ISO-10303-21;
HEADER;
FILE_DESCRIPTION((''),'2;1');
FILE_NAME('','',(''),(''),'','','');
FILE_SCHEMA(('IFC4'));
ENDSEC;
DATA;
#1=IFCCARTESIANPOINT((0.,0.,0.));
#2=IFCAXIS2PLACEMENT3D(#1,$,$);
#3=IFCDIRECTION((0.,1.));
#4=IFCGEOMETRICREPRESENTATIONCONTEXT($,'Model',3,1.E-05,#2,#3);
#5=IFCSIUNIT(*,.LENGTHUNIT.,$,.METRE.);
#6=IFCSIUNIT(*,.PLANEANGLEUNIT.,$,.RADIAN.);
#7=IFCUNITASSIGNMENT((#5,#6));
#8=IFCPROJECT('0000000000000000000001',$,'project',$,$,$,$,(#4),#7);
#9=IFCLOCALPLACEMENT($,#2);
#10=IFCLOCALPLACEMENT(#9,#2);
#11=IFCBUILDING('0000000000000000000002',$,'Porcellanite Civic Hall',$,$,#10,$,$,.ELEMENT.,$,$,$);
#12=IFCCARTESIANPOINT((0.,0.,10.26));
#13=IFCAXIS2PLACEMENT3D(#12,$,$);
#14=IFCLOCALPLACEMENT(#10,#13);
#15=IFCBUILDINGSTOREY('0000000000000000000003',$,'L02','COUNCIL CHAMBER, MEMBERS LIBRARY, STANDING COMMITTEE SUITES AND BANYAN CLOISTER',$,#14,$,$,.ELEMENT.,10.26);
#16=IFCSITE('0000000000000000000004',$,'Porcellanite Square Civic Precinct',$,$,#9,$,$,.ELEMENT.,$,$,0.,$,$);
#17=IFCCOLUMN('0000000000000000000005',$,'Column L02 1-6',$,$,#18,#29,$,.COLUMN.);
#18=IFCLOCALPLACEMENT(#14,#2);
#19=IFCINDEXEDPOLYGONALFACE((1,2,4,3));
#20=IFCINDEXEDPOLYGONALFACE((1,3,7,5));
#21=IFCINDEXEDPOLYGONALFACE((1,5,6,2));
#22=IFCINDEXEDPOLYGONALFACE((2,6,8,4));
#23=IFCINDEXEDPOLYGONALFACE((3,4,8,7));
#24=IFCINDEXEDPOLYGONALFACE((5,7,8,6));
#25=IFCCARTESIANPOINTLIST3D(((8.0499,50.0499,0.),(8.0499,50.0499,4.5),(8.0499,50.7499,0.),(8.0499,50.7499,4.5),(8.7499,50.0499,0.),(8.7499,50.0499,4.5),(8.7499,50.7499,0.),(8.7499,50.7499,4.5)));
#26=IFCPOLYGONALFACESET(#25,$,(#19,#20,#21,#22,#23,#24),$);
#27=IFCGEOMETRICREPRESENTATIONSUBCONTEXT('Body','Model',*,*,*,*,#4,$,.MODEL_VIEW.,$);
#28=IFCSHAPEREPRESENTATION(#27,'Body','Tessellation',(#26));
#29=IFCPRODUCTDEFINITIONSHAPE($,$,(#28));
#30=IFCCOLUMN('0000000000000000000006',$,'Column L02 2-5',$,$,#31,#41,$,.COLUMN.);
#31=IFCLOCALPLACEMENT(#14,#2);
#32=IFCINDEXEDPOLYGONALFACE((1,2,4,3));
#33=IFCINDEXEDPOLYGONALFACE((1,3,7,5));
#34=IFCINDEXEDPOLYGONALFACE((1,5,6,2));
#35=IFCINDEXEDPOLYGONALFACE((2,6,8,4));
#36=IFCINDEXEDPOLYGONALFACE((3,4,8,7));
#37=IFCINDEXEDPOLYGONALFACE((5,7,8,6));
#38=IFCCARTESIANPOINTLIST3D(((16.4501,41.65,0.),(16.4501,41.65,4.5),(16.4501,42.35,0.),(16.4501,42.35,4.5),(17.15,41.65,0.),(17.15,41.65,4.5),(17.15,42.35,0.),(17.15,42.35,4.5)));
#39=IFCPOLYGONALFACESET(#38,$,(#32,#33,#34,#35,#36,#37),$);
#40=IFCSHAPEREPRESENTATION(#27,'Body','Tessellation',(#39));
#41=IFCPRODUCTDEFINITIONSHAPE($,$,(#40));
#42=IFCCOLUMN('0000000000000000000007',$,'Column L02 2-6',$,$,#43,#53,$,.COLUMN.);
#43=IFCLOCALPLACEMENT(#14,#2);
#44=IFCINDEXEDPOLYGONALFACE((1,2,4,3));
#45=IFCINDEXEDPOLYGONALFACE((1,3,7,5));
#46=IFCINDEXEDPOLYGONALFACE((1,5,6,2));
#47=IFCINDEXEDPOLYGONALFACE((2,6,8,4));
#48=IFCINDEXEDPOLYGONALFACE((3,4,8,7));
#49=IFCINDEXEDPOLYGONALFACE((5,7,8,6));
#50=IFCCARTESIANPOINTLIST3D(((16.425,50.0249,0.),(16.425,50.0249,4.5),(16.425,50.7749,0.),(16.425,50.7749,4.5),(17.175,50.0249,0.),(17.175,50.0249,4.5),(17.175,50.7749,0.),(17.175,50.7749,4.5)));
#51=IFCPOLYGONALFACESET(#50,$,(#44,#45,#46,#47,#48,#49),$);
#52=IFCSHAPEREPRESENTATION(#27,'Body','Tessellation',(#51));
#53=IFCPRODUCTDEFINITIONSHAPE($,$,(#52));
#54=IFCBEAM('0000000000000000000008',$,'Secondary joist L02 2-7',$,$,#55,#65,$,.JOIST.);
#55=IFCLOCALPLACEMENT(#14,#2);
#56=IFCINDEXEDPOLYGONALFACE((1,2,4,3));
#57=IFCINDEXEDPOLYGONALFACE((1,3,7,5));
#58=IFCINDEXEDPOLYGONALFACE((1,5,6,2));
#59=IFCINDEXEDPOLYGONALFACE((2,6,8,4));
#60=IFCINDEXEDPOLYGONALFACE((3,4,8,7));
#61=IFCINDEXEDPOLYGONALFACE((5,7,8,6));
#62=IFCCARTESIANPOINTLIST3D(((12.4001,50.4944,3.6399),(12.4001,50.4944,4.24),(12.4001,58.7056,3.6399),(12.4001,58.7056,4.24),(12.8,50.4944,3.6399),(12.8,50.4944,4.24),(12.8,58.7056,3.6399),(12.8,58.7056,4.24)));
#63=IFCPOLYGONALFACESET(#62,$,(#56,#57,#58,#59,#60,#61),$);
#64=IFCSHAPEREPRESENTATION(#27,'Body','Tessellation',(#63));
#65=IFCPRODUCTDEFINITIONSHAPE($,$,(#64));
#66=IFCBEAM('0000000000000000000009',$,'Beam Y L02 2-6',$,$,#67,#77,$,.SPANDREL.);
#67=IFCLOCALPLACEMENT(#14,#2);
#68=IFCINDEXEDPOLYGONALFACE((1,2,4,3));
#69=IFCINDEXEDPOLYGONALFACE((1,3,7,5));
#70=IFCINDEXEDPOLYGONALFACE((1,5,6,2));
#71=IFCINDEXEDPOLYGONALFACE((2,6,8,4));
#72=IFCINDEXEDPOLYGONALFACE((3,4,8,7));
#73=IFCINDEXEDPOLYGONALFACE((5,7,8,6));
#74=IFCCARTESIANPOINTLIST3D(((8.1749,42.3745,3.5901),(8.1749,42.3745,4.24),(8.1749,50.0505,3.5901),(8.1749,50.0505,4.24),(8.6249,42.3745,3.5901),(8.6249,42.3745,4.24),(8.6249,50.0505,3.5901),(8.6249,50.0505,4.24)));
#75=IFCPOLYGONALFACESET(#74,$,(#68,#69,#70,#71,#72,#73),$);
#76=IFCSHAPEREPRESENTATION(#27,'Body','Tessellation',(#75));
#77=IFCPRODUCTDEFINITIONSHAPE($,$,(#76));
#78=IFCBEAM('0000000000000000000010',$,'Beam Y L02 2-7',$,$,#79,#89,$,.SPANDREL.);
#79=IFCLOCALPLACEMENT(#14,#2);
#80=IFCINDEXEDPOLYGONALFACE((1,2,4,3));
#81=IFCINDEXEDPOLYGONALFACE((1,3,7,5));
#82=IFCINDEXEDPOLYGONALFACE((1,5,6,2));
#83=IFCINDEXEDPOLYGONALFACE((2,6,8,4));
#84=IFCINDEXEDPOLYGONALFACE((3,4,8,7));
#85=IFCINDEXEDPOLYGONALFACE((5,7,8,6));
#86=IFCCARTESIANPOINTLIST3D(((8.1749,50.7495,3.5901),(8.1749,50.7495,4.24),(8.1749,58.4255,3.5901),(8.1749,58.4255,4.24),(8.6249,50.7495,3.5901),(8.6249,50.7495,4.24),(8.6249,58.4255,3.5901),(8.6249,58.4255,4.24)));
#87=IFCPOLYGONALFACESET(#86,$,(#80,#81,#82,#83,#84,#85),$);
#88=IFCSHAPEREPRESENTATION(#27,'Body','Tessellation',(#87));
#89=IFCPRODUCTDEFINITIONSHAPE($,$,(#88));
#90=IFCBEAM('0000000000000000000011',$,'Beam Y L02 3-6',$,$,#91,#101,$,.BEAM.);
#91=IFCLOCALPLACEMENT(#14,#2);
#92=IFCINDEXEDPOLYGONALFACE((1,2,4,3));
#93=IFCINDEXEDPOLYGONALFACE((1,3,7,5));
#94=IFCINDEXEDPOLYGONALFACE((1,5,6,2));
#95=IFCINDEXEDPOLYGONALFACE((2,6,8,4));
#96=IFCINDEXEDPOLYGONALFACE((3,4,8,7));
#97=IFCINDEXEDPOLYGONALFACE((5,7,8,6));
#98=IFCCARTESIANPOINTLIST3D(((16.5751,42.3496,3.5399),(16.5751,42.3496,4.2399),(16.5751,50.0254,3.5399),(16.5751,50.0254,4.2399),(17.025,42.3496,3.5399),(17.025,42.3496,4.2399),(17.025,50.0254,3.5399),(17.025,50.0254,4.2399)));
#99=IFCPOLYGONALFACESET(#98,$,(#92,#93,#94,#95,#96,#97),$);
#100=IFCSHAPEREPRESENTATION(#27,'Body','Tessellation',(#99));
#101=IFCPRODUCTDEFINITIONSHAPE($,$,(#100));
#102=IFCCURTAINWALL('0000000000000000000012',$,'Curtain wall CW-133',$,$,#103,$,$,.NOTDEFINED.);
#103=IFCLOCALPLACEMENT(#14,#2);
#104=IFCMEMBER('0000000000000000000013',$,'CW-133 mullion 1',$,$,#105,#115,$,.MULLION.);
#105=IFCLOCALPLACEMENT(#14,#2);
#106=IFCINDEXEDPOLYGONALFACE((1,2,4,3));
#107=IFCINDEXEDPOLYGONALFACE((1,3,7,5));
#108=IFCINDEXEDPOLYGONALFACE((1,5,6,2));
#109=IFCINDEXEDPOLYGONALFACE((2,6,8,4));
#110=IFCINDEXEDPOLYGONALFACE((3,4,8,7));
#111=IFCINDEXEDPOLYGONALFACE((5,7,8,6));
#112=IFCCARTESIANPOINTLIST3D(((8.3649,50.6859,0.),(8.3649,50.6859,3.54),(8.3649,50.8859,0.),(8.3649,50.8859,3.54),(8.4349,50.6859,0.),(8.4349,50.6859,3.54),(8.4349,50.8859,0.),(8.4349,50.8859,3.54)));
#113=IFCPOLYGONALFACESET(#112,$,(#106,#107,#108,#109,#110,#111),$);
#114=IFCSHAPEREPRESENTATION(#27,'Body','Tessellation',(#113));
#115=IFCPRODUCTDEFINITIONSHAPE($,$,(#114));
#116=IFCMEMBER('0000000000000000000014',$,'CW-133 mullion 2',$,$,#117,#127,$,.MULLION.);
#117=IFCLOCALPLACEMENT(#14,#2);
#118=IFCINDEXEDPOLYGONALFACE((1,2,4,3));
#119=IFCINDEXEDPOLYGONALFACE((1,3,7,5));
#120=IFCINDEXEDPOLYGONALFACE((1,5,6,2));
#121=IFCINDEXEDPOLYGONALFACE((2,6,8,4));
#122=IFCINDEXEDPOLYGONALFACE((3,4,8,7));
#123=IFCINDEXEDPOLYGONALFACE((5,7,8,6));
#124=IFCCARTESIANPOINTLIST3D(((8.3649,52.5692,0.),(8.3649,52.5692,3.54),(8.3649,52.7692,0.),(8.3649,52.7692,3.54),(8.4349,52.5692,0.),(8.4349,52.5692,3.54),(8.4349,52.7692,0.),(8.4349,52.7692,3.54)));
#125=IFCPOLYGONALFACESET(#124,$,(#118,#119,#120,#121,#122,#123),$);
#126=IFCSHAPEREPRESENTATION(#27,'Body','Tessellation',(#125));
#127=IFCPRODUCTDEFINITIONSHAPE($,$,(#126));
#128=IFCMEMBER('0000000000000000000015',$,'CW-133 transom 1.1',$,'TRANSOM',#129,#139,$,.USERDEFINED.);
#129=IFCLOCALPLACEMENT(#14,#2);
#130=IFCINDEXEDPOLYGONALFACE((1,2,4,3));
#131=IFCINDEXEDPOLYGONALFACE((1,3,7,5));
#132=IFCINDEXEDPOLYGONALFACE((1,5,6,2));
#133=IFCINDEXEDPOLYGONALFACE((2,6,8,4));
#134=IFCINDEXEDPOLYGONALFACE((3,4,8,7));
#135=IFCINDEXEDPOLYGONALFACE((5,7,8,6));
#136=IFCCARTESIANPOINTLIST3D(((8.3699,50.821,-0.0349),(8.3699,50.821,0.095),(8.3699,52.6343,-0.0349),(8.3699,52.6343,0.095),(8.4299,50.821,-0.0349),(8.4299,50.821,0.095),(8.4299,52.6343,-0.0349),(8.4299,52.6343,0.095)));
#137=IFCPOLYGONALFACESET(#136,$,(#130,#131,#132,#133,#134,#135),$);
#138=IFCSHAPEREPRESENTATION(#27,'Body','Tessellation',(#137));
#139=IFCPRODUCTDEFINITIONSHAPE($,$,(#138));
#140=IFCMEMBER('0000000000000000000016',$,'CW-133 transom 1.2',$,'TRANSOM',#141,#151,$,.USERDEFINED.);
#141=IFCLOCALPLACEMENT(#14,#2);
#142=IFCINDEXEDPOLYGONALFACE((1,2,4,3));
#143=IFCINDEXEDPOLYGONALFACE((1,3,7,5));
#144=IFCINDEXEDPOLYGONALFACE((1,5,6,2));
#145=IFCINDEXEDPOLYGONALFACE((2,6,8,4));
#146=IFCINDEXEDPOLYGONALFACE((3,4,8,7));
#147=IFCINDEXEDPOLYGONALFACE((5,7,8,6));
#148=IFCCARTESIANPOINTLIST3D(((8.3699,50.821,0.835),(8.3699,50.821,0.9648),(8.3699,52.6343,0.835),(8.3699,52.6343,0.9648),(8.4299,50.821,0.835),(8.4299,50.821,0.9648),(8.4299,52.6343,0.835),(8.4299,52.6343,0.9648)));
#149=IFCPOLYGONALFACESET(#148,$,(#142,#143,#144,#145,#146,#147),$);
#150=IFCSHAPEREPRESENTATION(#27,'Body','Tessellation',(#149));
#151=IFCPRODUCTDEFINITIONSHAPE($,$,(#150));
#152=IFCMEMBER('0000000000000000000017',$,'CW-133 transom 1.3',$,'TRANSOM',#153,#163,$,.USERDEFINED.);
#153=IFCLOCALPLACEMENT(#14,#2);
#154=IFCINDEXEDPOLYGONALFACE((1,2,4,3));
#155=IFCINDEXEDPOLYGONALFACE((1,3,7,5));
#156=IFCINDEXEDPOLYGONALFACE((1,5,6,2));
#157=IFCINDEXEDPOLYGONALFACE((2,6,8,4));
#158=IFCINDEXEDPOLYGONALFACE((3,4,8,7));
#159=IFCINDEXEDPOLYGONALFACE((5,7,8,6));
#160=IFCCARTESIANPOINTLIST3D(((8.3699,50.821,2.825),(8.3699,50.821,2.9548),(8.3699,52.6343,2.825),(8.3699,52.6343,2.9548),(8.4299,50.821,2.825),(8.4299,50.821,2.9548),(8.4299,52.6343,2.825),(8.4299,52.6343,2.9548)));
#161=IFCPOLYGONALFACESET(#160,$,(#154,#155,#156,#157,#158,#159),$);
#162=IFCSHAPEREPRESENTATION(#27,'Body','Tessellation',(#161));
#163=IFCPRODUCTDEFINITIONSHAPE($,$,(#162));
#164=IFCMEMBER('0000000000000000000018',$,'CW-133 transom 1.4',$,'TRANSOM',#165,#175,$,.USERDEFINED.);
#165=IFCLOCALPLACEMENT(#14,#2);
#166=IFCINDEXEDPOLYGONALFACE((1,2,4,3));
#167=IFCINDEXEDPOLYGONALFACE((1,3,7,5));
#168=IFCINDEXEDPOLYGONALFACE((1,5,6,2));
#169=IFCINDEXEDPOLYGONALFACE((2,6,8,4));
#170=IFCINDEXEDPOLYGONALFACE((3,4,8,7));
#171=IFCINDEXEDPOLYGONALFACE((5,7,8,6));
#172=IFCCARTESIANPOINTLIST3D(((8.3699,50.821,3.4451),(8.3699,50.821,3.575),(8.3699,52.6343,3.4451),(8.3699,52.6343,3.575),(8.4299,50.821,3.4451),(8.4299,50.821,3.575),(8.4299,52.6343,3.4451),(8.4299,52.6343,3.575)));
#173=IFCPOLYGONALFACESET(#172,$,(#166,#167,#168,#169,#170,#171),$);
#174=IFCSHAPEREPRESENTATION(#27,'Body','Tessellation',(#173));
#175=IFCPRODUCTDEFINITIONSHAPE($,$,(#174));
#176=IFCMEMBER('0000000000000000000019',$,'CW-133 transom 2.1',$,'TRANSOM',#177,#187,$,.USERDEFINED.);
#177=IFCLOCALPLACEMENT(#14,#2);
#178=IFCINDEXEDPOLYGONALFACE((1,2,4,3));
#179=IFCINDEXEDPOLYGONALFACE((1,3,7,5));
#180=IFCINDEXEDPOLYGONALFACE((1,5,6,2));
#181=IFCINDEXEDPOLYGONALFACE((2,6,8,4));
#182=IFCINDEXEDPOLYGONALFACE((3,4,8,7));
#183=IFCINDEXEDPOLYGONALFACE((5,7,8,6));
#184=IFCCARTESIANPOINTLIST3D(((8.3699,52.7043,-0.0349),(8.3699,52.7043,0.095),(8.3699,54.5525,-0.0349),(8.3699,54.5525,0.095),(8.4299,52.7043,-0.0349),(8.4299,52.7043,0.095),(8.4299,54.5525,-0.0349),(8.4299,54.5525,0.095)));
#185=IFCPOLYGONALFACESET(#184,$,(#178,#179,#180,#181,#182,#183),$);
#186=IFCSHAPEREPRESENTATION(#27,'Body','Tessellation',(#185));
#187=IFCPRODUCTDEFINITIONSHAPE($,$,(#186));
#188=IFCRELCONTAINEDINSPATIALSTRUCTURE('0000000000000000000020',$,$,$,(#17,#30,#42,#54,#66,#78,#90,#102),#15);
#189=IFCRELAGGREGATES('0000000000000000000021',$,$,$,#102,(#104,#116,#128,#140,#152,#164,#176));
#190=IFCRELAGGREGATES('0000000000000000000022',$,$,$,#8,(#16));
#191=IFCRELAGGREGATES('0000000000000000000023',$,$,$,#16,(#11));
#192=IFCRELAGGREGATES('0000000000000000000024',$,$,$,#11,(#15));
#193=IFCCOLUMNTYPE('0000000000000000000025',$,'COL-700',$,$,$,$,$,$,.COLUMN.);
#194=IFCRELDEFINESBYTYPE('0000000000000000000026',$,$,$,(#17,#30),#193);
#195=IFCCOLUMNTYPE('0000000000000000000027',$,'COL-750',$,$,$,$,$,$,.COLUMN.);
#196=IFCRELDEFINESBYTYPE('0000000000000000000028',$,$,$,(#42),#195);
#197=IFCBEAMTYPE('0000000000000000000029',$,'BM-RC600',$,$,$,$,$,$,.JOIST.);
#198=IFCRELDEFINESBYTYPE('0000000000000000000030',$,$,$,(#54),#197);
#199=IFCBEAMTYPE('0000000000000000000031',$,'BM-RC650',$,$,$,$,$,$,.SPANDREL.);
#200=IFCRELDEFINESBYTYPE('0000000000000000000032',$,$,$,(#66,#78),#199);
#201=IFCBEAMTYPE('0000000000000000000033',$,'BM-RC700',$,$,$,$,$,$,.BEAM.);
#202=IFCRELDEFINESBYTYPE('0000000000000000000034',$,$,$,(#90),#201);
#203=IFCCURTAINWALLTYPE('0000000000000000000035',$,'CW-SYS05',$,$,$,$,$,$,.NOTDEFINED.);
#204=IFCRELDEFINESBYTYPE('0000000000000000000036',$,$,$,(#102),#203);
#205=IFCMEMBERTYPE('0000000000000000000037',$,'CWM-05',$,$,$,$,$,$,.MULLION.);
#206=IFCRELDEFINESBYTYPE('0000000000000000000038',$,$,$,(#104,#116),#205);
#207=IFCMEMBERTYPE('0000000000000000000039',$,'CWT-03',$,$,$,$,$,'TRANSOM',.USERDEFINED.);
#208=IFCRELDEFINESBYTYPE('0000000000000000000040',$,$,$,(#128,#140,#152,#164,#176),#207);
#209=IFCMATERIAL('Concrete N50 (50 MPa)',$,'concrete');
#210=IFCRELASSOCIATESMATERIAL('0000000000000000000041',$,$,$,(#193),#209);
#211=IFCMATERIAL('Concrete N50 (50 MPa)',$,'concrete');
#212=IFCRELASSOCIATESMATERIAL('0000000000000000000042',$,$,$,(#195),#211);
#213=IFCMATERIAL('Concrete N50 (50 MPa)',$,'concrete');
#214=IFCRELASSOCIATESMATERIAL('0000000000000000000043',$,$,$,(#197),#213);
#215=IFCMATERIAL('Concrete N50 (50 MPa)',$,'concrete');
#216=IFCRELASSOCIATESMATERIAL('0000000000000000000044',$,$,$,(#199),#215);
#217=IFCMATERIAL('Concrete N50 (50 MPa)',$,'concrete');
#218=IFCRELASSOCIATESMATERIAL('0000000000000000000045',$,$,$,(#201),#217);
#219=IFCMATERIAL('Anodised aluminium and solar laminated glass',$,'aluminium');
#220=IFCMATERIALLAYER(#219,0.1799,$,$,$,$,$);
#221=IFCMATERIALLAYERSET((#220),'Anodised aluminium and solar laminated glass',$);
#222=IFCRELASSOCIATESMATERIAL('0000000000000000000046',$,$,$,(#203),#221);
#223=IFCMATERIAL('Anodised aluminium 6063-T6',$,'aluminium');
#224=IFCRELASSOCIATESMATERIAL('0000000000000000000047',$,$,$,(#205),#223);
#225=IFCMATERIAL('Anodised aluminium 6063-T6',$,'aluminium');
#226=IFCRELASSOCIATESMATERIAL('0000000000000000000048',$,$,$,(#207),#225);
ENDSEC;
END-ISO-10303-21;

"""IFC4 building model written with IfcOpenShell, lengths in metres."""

from ifc_helpers import new_model, si_unit, direction, frame, origin, origin_2d, place, context, subcontext, project, spatial, rectangle, extrude, material, layer, layer_set, material_profile, profile_set, type_object, element, aggregate, save


model = new_model("IFC4")

# Units and contexts
model_context = context("Model", 3, precision=1e-05, world=origin(), true_north=direction((0.0, 1.0)))
body_context = subcontext(model_context, "Body", "Model", "MODEL_VIEW")
ifc_project = project(units=[si_unit("LENGTHUNIT", "METRE"), si_unit("PLANEANGLEUNIT", "RADIAN")], contexts=[model_context])

# Site, building, storey
site_placement = place(None, origin())
site = spatial("IfcSite", under=ifc_project, at=site_placement, Name="Porcellanite Square Civic Precinct", CompositionType="ELEMENT", RefElevation=0.0)
building_placement = place(site_placement, origin())
building = spatial("IfcBuilding", under=site, at=building_placement, Name="Porcellanite Civic Hall", CompositionType="ELEMENT")
storey_placement = place(building_placement, frame((0.0, 0.0, 10.26)))
storey = spatial("IfcBuildingStorey", under=building, at=storey_placement, Name="L02", Description="COUNCIL CHAMBER, MEMBERS LIBRARY, STANDING COMMITTEE SUITES AND BANYAN CLOISTER", CompositionType="ELEMENT", Elevation=10.26)

# Columns
ifc_material_1 = material(Name="Concrete N50 (50 MPa)", Category="concrete")
ifc_material_profile_1 = material_profile(ifc_material_1, rectangle(XDim=0.7, YDim=0.7, at=origin_2d()), Name="RC-700x700")
ifc_profile_set_1 = profile_set([ifc_material_profile_1], Name="Concrete N50 (50 MPa)")
column_type_1 = type_object("IfcColumnType", Name="COL-700", PredefinedType="COLUMN", material=ifc_profile_set_1)
for number, where, z_axis, x_axis, name in (
    (1, (8.3999, 50.3999, 0.0), (0.0, 0.0, 1.0), (1.0, 0.0, 0.0), "Column L02 1-6"),
    (2, (16.8, 42.0, 0.0), (0.0, 0.0, 1.0), (1.0, 0.0, 0.0), "Column L02 2-5"),
):
    element("IfcColumn", number, at=place(storey_placement, frame(where, z_axis=z_axis, x_axis=x_axis)), inside=storey, type_object=column_type_1, Name=name, PredefinedType="COLUMN", context=body_context, shape_type="SweptSolid", body=[
        extrude(rectangle(XDim=0.7, YDim=0.7, at=origin_2d()), origin(), (0.0, 0.0, 1.0), 4.5),
    ])
ifc_material_2 = material(Name="Concrete N50 (50 MPa)", Category="concrete")
ifc_material_profile_2 = material_profile(ifc_material_2, rectangle(XDim=0.75, YDim=0.75, at=origin_2d()), Name="RC-750x750")
ifc_profile_set_2 = profile_set([ifc_material_profile_2], Name="Concrete N50 (50 MPa)")
column_type_2 = type_object("IfcColumnType", Name="COL-750", PredefinedType="COLUMN", material=ifc_profile_set_2)
column_placement = place(storey_placement, frame((16.8, 50.3999, 0.0), z_axis=(0.0, 0.0, 1.0), x_axis=(1.0, 0.0, 0.0)))
element("IfcColumn", 3, at=column_placement, inside=storey, type_object=column_type_2, Name="Column L02 2-6", PredefinedType="COLUMN", context=body_context, shape_type="SweptSolid", body=[
    extrude(rectangle(XDim=0.75, YDim=0.75, at=origin_2d()), origin(), (0.0, 0.0, 1.0), 4.5),
])

# Beams
ifc_material_3 = material(Name="Concrete N50 (50 MPa)", Category="concrete")
ifc_material_profile_3 = material_profile(ifc_material_3, rectangle(XDim=0.3999, YDim=0.6001, at=origin_2d()), Name="RC-400x600")
ifc_profile_set_3 = profile_set([ifc_material_profile_3], Name="Concrete N50 (50 MPa)")
beam_type_1 = type_object("IfcBeamType", Name="BM-RC600", PredefinedType="JOIST", material=ifc_profile_set_3)
beam_1_placement = place(storey_placement, frame((12.6001, 50.4944, 3.9399), z_axis=(0.0, 1.0, 0.0), x_axis=(-1.0, 0.0, 0.0)))
element("IfcBeam", 4, at=beam_1_placement, inside=storey, type_object=beam_type_1, Name="Secondary joist L02 2-7", PredefinedType="JOIST", context=body_context, shape_type="SweptSolid", body=[
    extrude(rectangle(XDim=0.3999, YDim=0.6001, at=origin_2d()), origin(), (0.0, 0.0, 1.0), 8.2112),
])
ifc_material_4 = material(Name="Concrete N50 (50 MPa)", Category="concrete")
ifc_material_profile_4 = material_profile(ifc_material_4, rectangle(XDim=0.45, YDim=0.6499, at=origin_2d()), Name="RC-450x650")
ifc_profile_set_4 = profile_set([ifc_material_profile_4], Name="Concrete N50 (50 MPa)")
beam_type_2 = type_object("IfcBeamType", Name="BM-RC650", PredefinedType="SPANDREL", material=ifc_profile_set_4)
for number, where, z_axis, x_axis, name in (
    (5, (8.3999, 42.3745, 3.915), (0.0, 1.0, 0.0), (-1.0, 0.0, 0.0), "Beam Y L02 2-6"),
    (6, (8.3999, 50.7495, 3.915), (0.0, 1.0, 0.0), (-1.0, 0.0, 0.0), "Beam Y L02 2-7"),
):
    element("IfcBeam", number, at=place(storey_placement, frame(where, z_axis=z_axis, x_axis=x_axis)), inside=storey, type_object=beam_type_2, Name=name, PredefinedType="SPANDREL", context=body_context, shape_type="SweptSolid", body=[
        extrude(rectangle(XDim=0.45, YDim=0.6499, at=origin_2d()), origin(), (0.0, 0.0, 1.0), 7.676),
    ])
ifc_material_5 = material(Name="Concrete N50 (50 MPa)", Category="concrete")
ifc_material_profile_5 = material_profile(ifc_material_5, rectangle(XDim=0.45, YDim=0.7, at=origin_2d()), Name="RC-450x700")
ifc_profile_set_5 = profile_set([ifc_material_profile_5], Name="Concrete N50 (50 MPa)")
beam_type_3 = type_object("IfcBeamType", Name="BM-RC700", PredefinedType="BEAM", material=ifc_profile_set_5)
beam_2_placement = place(storey_placement, frame((16.8, 42.3496, 3.8899), z_axis=(0.0, 1.0, 0.0), x_axis=(-1.0, 0.0, 0.0)))
element("IfcBeam", 7, at=beam_2_placement, inside=storey, type_object=beam_type_3, Name="Beam Y L02 3-6", PredefinedType="BEAM", context=body_context, shape_type="SweptSolid", body=[
    extrude(rectangle(XDim=0.45, YDim=0.7, at=origin_2d()), origin(), (0.0, 0.0, 1.0), 7.6758),
])

# Curtain wall, members
ifc_material_6 = material(Name="Anodised aluminium and solar laminated glass", Category="aluminium")
ifc_layer_1 = layer(ifc_material_6, 0.1799)
ifc_layer_set_1 = layer_set([ifc_layer_1], Name="Anodised aluminium and solar laminated glass")
curtain_wall_type = type_object("IfcCurtainWallType", Name="CW-SYS05", PredefinedType="NOTDEFINED", material=ifc_layer_set_1)
curtain_wall_placement = place(storey_placement, origin())
curtain_wall = element("IfcCurtainWall", 8, at=curtain_wall_placement, inside=storey, type_object=curtain_wall_type, Name="Curtain wall CW-133", PredefinedType="NOTDEFINED")
ifc_material_7 = material(Name="Anodised aluminium 6063-T6", Category="aluminium")
ifc_material_profile_6 = material_profile(ifc_material_7, rectangle(XDim=0.0701, YDim=0.2, at=origin_2d()), Name="AL-70x200")
ifc_profile_set_6 = profile_set([ifc_material_profile_6], Name="Anodised aluminium 6063-T6")
member_type_1 = type_object("IfcMemberType", Name="CWM-05", PredefinedType="MULLION", material=ifc_profile_set_6)
member_1_placement = place(storey_placement, frame((8.3999, 50.7859, 0.0), z_axis=(0.0, 0.0, 1.0), x_axis=(-1.0, 0.0, 0.0)))
member_1 = element("IfcMember", 9, at=member_1_placement, type_object=member_type_1, Name="CW-133 mullion 1", PredefinedType="MULLION", context=body_context, shape_type="SweptSolid", body=[
    extrude(rectangle(XDim=0.0701, YDim=0.2, at=origin_2d()), origin(), (0.0, 0.0, 1.0), 3.54),
])
member_2_placement = place(storey_placement, frame((8.3999, 52.6692, 0.0), z_axis=(0.0, 0.0, 1.0), x_axis=(-1.0, 0.0, 0.0)))
member_2 = element("IfcMember", 10, at=member_2_placement, type_object=member_type_1, Name="CW-133 mullion 2", PredefinedType="MULLION", context=body_context, shape_type="SweptSolid", body=[
    extrude(rectangle(XDim=0.0701, YDim=0.2, at=origin_2d()), origin(), (0.0, 0.0, 1.0), 3.54),
])
ifc_material_8 = material(Name="Anodised aluminium 6063-T6", Category="aluminium")
ifc_material_profile_7 = material_profile(ifc_material_8, rectangle(XDim=0.0601, YDim=0.1299, at=origin_2d()), Name="AL-60x130")
ifc_profile_set_7 = profile_set([ifc_material_profile_7], Name="Anodised aluminium 6063-T6")
member_type_2 = type_object("IfcMemberType", Name="CWT-03", ElementType="TRANSOM", PredefinedType="USERDEFINED", material=ifc_profile_set_7)
member_3_placement = place(storey_placement, frame((8.3999, 50.821, 0.03), z_axis=(0.0, 1.0, 0.0), x_axis=(-1.0, 0.0, 0.0)))
member_3 = element("IfcMember", 11, at=member_3_placement, type_object=member_type_2, Name="CW-133 transom 1.1", ObjectType="TRANSOM", PredefinedType="USERDEFINED", context=body_context, shape_type="SweptSolid", body=[
    extrude(rectangle(XDim=0.0601, YDim=0.1299, at=origin_2d()), origin(), (0.0, 0.0, 1.0), 1.8132),
])
member_4_placement = place(storey_placement, frame((8.3999, 50.821, 0.8999), z_axis=(0.0, 1.0, 0.0), x_axis=(-1.0, 0.0, 0.0)))
member_4 = element("IfcMember", 12, at=member_4_placement, type_object=member_type_2, Name="CW-133 transom 1.2", ObjectType="TRANSOM", PredefinedType="USERDEFINED", context=body_context, shape_type="SweptSolid", body=[
    extrude(rectangle(XDim=0.0601, YDim=0.1299, at=origin_2d()), origin(), (0.0, 0.0, 1.0), 1.8132),
])
member_5_placement = place(storey_placement, frame((8.3999, 50.821, 2.8899), z_axis=(0.0, 1.0, 0.0), x_axis=(-1.0, 0.0, 0.0)))
member_5 = element("IfcMember", 13, at=member_5_placement, type_object=member_type_2, Name="CW-133 transom 1.3", ObjectType="TRANSOM", PredefinedType="USERDEFINED", context=body_context, shape_type="SweptSolid", body=[
    extrude(rectangle(XDim=0.0601, YDim=0.1299, at=origin_2d()), origin(), (0.0, 0.0, 1.0), 1.8132),
])
member_6_placement = place(storey_placement, frame((8.3999, 50.821, 3.51), z_axis=(0.0, 1.0, 0.0), x_axis=(-1.0, 0.0, 0.0)))
member_6 = element("IfcMember", 14, at=member_6_placement, type_object=member_type_2, Name="CW-133 transom 1.4", ObjectType="TRANSOM", PredefinedType="USERDEFINED", context=body_context, shape_type="SweptSolid", body=[
    extrude(rectangle(XDim=0.0601, YDim=0.1299, at=origin_2d()), origin(), (0.0, 0.0, 1.0), 1.8132),
])
member_7_placement = place(storey_placement, frame((8.3999, 52.7043, 0.03), z_axis=(0.0, 1.0, 0.0), x_axis=(-1.0, 0.0, 0.0)))
member_7 = element("IfcMember", 15, at=member_7_placement, type_object=member_type_2, Name="CW-133 transom 2.1", ObjectType="TRANSOM", PredefinedType="USERDEFINED", context=body_context, shape_type="SweptSolid", body=[
    extrude(rectangle(XDim=0.0601, YDim=0.1299, at=origin_2d()), origin(), (0.0, 0.0, 1.0), 1.8481),
])

aggregate(curtain_wall, [member_1, member_2, member_3, member_4, member_5, member_6, member_7])

save(model, "model.ifc")
